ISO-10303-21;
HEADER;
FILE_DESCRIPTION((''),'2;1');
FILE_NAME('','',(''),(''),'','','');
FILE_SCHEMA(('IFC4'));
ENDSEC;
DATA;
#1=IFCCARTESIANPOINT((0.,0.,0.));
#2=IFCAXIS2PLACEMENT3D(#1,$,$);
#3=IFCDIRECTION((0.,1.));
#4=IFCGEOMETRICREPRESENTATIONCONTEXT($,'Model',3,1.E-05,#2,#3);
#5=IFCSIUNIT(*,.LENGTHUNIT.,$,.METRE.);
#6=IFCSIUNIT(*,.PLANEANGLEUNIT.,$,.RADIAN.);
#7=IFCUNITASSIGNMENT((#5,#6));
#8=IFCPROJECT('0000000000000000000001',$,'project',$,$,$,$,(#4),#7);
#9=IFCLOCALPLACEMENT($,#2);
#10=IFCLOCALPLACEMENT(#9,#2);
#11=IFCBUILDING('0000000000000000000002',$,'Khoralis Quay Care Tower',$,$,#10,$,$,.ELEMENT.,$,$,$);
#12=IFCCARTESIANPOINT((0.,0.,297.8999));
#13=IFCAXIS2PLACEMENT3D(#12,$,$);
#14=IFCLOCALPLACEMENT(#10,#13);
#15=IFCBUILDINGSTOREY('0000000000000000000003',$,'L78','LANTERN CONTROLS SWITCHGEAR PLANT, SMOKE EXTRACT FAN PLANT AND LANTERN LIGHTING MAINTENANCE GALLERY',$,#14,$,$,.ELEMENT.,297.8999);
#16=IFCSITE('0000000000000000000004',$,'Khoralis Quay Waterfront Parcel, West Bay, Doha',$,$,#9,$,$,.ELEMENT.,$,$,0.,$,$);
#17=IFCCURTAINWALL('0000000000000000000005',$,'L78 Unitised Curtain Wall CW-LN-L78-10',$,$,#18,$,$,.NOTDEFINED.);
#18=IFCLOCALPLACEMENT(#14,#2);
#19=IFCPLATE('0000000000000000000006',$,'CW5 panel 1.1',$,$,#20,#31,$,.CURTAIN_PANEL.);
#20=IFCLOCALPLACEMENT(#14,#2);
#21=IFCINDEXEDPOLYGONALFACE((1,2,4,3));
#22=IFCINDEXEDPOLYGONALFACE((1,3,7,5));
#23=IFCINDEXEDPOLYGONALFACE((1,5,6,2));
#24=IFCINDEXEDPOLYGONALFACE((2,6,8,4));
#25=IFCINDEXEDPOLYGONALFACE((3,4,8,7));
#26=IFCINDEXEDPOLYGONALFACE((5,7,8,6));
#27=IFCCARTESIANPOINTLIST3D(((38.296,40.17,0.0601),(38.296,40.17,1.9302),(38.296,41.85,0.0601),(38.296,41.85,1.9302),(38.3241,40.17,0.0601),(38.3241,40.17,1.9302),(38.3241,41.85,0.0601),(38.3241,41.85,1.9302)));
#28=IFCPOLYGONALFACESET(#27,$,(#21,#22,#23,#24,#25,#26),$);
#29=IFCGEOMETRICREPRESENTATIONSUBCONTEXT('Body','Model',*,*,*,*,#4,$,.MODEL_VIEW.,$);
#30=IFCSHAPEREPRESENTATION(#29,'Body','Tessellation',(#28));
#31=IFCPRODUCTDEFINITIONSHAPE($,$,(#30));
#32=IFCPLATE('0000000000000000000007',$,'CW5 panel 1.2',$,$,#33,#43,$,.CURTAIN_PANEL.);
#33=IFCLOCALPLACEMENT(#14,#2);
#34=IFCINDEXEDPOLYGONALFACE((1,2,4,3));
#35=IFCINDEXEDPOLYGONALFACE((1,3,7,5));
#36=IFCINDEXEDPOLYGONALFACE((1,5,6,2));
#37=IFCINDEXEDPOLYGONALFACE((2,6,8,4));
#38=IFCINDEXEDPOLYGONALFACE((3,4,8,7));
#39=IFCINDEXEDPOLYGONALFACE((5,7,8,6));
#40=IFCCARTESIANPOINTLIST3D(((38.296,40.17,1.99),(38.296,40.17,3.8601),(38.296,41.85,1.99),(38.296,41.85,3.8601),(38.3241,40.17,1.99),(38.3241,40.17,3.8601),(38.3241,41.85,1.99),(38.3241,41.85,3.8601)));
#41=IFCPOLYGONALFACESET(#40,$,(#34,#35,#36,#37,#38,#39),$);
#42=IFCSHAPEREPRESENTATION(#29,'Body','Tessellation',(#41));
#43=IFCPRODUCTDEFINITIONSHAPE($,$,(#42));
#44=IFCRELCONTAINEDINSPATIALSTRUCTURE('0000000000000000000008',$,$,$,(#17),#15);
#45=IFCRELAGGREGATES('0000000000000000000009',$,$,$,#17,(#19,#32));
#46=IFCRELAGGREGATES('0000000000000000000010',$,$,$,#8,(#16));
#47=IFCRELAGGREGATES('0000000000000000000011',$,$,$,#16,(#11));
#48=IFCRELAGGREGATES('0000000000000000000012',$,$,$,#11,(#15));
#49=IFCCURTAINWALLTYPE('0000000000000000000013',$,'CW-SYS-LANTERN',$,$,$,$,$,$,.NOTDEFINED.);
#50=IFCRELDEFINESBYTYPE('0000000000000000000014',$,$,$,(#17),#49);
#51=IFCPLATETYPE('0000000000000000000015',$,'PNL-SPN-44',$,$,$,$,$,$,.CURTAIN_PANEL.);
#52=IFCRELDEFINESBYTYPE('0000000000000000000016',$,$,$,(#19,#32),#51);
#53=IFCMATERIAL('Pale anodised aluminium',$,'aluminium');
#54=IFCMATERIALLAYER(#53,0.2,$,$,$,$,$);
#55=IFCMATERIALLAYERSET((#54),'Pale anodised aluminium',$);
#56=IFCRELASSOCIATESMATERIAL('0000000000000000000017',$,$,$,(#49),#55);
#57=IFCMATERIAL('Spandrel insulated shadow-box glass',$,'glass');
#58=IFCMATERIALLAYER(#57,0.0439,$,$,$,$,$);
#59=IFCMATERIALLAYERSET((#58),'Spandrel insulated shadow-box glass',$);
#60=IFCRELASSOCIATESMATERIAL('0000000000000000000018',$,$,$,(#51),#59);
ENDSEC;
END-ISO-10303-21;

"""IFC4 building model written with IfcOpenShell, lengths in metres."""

from ifc_helpers import new_model, si_unit, direction, frame, origin, origin_2d, place, context, subcontext, project, spatial, rectangle, extrude, source, transform, mapped, material, layer, layer_set, type_object, element, aggregate, save


model = new_model("IFC4")

# Units and contexts
model_context = context("Model", 3, precision=1e-05, world=origin(), true_north=direction((0.0, 1.0)))
body_context = subcontext(model_context, "Body", "Model", "MODEL_VIEW")
ifc_project = project(units=[si_unit("LENGTHUNIT", "METRE"), si_unit("PLANEANGLEUNIT", "RADIAN")], contexts=[model_context])

# Site, building, storey
site_placement = place(None, origin())
site = spatial("IfcSite", under=ifc_project, at=site_placement, Name="Khoralis Quay Waterfront Parcel, West Bay, Doha", CompositionType="ELEMENT", RefElevation=0.0)
building_placement = place(site_placement, origin())
building = spatial("IfcBuilding", under=site, at=building_placement, Name="Khoralis Quay Care Tower", CompositionType="ELEMENT")
storey_placement = place(building_placement, frame((0.0, 0.0, 297.8999)))
storey = spatial("IfcBuildingStorey", under=building, at=storey_placement, Name="L78", Description="LANTERN CONTROLS SWITCHGEAR PLANT, SMOKE EXTRACT FAN PLANT AND LANTERN LIGHTING MAINTENANCE GALLERY", CompositionType="ELEMENT", Elevation=297.8999)

# Shared definitions
ifc_material_1 = material(Name="Pale anodised aluminium", Category="aluminium")
ifc_layer_1 = layer(ifc_material_1, 0.2)
ifc_layer_set_1 = layer_set([ifc_layer_1], Name="Pale anodised aluminium")
curtain_wall_type = type_object("IfcCurtainWallType", Name="CW-SYS-LANTERN", PredefinedType="NOTDEFINED", material=ifc_layer_set_1)

# Curtain wall
curtain_wall_1_placement = place(storey_placement, origin())
curtain_wall_1 = element("IfcCurtainWall", 1, at=curtain_wall_1_placement, inside=storey, type_object=curtain_wall_type, Name="L78 Unitised Curtain Wall CW-LN-L78-10", PredefinedType="NOTDEFINED")

# Plates
ifc_material_2 = material(Name="Spandrel insulated shadow-box glass", Category="glass")
ifc_layer_2 = layer(ifc_material_2, 0.0439)
ifc_layer_set_2 = layer_set([ifc_layer_2], Name="Spandrel insulated shadow-box glass")
plate_type = type_object("IfcPlateType", Name="PNL-SPN-44", PredefinedType="CURTAIN_PANEL", material=ifc_layer_set_2)
shared_shape_1 = source(origin(), body_context, "Body", "SweptSolid", [
    extrude(rectangle(XDim=1.6799, YDim=0.0281, at=origin_2d()), origin(), (0.0, 0.0, 1.0), 1.8701),
])
plate_1_placement = place(storey_placement, frame((38.3101, 41.01, 0.0601), z_axis=(0.0, 0.0, 1.0), x_axis=(0.0, 1.0, 0.0)))
plate_1 = element("IfcPlate", 2, at=plate_1_placement, type_object=plate_type, Name="CW5 panel 1.1", PredefinedType="CURTAIN_PANEL", context=body_context, shape_type="MappedRepresentation", body=[
    mapped(shared_shape_1, transform((0.0, 0.0, 0.0), scale=1.0)),
])
plate_2_placement = place(storey_placement, frame((38.3101, 41.01, 1.99), z_axis=(0.0, 0.0, 1.0), x_axis=(0.0, 1.0, 0.0)))
plate_2 = element("IfcPlate", 3, at=plate_2_placement, type_object=plate_type, Name="CW5 panel 1.2", PredefinedType="CURTAIN_PANEL", context=body_context, shape_type="MappedRepresentation", body=[
    mapped(shared_shape_1, transform((0.0, 0.0, 0.0), scale=1.0)),
])
aggregate(curtain_wall_1, [plate_1, plate_2])

save(model, "model.ifc")
